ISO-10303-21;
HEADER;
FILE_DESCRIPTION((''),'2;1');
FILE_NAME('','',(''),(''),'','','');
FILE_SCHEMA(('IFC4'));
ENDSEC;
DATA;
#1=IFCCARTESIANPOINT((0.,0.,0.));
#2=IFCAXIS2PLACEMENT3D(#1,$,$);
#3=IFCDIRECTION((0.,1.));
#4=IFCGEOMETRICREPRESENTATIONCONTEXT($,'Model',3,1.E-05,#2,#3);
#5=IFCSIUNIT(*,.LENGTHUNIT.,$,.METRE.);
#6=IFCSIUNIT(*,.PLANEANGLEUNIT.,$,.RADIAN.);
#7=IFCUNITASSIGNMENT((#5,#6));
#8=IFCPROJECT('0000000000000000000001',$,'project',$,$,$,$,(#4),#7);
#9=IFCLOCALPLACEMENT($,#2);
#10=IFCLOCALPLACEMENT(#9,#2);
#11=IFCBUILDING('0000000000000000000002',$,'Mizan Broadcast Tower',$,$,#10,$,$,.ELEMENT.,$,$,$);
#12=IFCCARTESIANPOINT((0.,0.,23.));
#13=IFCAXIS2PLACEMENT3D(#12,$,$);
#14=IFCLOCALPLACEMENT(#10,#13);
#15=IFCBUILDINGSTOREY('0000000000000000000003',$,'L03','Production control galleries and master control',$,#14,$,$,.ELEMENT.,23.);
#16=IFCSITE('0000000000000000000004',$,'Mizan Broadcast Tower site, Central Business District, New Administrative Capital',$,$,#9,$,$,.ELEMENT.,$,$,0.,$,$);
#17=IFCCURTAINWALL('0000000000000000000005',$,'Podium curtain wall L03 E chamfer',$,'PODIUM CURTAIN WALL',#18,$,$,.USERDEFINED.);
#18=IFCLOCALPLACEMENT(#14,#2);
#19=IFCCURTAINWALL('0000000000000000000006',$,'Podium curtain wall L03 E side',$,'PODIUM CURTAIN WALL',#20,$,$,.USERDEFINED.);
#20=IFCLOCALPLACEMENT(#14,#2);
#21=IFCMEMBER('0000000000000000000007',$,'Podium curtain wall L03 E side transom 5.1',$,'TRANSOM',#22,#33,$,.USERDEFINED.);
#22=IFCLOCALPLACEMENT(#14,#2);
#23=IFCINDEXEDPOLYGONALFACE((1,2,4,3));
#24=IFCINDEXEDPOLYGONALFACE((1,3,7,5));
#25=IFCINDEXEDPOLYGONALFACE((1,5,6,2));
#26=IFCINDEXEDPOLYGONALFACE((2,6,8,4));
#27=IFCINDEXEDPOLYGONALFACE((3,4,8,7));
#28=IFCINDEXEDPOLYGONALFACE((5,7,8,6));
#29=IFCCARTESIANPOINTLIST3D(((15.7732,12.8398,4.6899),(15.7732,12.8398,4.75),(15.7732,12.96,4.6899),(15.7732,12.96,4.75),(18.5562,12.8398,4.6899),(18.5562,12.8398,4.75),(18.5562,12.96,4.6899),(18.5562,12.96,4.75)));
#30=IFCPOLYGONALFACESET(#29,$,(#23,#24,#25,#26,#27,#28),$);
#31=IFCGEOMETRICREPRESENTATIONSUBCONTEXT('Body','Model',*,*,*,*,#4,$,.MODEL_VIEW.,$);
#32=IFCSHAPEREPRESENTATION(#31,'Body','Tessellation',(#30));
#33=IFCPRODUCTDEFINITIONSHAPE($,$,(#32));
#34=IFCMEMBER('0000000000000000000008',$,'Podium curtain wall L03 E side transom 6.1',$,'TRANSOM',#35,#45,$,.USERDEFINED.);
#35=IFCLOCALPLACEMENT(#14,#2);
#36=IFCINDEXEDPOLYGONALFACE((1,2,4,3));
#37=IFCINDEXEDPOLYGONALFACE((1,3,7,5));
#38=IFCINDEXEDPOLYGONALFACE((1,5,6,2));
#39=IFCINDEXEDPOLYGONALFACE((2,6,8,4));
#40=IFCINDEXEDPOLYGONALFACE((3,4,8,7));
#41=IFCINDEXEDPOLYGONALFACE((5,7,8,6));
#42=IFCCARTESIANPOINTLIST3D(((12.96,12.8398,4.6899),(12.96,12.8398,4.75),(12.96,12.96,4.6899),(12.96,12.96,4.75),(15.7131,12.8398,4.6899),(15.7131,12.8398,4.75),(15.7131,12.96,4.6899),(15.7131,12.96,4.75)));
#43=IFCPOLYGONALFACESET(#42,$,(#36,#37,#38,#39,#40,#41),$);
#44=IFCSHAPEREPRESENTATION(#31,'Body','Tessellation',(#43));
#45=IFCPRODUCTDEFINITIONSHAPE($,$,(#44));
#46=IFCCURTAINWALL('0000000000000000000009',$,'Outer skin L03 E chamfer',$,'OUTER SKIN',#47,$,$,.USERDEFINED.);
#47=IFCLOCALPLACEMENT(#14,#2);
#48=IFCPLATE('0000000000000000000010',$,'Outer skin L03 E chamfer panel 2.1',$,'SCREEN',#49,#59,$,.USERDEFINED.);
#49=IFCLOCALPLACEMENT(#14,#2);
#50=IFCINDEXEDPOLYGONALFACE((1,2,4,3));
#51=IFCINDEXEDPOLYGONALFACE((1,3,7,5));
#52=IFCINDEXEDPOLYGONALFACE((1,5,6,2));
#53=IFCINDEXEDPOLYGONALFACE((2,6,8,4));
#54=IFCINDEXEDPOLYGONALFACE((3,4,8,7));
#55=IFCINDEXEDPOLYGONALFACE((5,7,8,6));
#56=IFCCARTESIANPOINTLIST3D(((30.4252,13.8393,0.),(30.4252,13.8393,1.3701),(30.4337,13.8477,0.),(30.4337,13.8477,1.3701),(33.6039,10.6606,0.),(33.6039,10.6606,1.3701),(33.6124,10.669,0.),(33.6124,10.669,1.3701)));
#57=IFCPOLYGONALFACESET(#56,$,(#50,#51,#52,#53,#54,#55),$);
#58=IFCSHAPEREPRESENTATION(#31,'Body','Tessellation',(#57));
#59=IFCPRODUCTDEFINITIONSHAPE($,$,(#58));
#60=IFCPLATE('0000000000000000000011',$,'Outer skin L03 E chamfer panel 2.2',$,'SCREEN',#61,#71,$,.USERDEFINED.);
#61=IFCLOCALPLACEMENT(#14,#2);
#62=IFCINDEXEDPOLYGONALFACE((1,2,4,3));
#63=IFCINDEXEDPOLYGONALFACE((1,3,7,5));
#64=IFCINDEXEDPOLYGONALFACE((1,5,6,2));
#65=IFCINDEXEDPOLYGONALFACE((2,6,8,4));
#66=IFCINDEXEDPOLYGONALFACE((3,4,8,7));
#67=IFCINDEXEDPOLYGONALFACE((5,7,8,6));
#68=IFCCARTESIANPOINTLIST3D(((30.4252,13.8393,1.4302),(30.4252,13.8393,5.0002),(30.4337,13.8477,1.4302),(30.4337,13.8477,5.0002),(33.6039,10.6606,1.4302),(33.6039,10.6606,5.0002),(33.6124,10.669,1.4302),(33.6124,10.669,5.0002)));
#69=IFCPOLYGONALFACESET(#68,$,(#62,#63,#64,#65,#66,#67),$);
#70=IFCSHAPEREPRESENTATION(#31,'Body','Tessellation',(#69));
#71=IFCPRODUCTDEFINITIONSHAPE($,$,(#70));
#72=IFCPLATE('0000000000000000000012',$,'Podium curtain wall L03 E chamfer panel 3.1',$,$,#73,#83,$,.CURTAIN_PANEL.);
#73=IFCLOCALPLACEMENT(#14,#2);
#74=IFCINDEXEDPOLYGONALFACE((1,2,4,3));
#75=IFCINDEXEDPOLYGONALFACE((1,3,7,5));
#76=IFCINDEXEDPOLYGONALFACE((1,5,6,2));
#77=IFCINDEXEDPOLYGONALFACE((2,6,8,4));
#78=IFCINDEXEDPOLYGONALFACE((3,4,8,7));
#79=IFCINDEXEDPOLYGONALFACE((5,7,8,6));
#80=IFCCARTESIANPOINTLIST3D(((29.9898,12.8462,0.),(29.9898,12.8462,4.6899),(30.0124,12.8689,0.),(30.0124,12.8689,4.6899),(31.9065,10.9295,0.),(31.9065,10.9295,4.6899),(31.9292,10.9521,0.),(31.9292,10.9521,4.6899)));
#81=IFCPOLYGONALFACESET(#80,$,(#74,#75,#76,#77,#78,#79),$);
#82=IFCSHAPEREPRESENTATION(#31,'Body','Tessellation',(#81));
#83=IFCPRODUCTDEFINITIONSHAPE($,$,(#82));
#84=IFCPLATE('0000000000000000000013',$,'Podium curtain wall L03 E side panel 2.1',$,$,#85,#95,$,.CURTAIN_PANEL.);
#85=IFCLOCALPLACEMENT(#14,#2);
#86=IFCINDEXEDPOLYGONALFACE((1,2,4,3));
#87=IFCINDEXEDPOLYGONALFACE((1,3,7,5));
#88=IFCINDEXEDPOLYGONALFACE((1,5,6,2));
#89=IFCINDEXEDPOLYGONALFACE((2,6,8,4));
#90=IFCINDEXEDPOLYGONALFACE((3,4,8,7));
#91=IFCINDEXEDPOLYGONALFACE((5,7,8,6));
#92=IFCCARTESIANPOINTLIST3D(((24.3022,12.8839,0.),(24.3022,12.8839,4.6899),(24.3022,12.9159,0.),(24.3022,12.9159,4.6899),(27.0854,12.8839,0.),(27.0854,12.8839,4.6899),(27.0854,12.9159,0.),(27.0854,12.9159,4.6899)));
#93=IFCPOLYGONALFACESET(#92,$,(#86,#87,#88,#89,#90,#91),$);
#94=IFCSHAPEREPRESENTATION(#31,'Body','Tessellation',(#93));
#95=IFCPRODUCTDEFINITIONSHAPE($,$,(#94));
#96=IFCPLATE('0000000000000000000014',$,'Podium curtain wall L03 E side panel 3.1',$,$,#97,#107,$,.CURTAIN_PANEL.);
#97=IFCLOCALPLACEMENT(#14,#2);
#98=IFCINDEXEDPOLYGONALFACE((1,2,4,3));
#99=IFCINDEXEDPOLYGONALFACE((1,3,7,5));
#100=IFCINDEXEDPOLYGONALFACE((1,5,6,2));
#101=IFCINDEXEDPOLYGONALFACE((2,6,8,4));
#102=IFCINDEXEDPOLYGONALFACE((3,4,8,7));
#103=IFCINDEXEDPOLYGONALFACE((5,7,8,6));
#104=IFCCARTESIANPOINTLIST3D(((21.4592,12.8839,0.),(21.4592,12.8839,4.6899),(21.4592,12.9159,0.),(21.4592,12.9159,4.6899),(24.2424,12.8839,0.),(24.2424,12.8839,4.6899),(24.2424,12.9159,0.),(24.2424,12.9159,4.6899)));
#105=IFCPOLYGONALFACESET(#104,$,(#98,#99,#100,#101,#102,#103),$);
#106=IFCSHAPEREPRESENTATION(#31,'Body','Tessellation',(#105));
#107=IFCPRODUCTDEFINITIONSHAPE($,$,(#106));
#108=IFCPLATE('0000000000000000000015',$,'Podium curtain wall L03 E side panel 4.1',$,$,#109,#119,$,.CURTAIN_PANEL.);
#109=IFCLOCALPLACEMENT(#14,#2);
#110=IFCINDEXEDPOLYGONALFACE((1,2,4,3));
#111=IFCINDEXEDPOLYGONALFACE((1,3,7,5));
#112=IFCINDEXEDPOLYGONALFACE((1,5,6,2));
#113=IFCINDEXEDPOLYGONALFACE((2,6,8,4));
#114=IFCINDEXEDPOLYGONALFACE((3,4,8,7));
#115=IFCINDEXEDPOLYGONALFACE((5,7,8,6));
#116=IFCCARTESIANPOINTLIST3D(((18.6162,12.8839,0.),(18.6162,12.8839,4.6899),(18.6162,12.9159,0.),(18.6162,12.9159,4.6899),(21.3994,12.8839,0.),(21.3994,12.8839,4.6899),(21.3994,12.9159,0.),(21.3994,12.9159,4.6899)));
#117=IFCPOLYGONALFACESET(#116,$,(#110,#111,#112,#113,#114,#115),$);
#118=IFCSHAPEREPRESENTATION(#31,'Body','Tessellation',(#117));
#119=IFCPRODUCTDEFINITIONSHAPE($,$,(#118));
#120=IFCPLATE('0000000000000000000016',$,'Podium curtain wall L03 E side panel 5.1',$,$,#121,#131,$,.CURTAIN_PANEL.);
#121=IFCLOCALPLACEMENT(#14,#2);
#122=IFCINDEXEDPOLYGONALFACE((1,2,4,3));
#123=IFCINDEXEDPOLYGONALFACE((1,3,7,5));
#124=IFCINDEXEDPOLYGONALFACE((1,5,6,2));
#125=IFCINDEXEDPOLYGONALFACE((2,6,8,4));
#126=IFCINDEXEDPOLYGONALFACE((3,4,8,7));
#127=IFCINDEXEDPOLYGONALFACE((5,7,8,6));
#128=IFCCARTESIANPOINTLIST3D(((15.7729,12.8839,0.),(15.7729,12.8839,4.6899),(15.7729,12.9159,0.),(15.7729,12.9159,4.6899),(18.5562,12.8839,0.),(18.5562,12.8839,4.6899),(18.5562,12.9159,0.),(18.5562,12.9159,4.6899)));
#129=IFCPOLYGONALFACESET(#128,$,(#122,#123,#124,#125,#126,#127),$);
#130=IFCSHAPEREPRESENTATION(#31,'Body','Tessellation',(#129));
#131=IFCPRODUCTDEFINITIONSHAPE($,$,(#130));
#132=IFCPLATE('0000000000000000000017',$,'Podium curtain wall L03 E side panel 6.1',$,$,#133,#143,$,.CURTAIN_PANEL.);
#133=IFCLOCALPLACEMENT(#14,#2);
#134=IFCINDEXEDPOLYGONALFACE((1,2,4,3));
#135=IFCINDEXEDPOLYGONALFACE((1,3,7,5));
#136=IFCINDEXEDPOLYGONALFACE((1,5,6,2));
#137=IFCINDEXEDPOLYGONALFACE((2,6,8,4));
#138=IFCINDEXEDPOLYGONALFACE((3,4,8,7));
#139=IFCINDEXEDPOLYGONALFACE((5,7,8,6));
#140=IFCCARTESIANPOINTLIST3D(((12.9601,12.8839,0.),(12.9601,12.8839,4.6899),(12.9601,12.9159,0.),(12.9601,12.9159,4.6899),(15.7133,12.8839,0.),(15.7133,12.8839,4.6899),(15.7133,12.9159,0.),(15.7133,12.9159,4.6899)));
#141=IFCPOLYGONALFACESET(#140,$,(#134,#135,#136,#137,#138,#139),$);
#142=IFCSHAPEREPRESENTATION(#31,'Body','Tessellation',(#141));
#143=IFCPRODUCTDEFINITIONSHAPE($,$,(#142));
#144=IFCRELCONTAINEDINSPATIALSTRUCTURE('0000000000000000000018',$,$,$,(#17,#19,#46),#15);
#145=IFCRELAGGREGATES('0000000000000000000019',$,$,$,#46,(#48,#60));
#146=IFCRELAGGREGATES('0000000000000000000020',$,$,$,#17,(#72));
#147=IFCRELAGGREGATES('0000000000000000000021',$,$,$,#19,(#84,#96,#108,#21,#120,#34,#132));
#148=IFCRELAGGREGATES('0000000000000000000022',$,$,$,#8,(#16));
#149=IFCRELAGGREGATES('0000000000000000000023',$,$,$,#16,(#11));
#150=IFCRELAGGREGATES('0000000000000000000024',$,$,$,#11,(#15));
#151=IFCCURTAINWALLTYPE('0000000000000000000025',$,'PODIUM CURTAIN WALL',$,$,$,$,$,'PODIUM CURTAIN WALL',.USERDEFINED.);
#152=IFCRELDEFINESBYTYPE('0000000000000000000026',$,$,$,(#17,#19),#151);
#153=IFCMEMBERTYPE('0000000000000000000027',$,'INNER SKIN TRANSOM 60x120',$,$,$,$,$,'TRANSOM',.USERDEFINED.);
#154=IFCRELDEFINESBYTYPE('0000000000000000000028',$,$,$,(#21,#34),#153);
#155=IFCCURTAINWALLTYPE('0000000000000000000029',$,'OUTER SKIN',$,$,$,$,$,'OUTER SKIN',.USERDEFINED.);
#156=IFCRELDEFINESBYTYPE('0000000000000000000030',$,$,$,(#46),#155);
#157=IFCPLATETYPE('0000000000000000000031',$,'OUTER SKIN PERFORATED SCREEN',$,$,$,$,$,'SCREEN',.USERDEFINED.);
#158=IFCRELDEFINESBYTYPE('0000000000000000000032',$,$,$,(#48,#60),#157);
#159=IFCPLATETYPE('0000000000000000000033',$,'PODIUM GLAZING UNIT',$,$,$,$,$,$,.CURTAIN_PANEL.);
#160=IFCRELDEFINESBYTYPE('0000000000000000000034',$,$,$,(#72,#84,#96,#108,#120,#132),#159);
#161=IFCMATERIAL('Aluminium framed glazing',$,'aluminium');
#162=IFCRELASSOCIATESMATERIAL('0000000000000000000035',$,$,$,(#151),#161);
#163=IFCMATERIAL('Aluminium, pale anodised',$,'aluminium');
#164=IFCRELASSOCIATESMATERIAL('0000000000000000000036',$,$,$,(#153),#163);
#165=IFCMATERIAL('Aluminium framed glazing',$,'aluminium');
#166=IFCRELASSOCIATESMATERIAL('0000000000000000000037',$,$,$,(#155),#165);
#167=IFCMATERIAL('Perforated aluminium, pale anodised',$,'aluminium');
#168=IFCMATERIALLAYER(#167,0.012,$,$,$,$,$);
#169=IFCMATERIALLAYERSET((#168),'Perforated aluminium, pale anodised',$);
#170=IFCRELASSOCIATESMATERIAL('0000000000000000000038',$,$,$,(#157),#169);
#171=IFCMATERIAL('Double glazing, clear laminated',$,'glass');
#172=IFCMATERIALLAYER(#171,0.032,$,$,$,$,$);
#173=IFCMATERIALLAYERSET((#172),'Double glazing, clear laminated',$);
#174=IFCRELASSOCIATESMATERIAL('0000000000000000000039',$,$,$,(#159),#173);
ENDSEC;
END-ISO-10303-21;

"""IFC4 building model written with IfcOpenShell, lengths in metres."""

from ifc_helpers import new_model, si_unit, direction, frame, origin, origin_2d, place, context, subcontext, project, spatial, rectangle, extrude, material, layer, layer_set, material_profile, profile_set, type_object, element, aggregate, save


model = new_model("IFC4")

# Units and contexts
model_context = context("Model", 3, precision=1e-05, world=origin(), true_north=direction((0.0, 1.0)))
body_context = subcontext(model_context, "Body", "Model", "MODEL_VIEW")
ifc_project = project(units=[si_unit("LENGTHUNIT", "METRE"), si_unit("PLANEANGLEUNIT", "RADIAN")], contexts=[model_context])

# Site, building, storey
site_placement = place(None, origin())
site = spatial("IfcSite", under=ifc_project, at=site_placement, Name="Mizan Broadcast Tower site, Central Business District, New Administrative Capital", CompositionType="ELEMENT", RefElevation=0.0)
building_placement = place(site_placement, origin())
building = spatial("IfcBuilding", under=site, at=building_placement, Name="Mizan Broadcast Tower", CompositionType="ELEMENT")
storey_placement = place(building_placement, frame((0.0, 0.0, 23.0)))
storey = spatial("IfcBuildingStorey", under=building, at=storey_placement, Name="L03", Description="Production control galleries and master control", CompositionType="ELEMENT", Elevation=23.0)

# Curtain walls
ifc_material_1 = material(Name="Aluminium framed glazing", Category="aluminium")
curtain_wall_type_1 = type_object("IfcCurtainWallType", Name="PODIUM CURTAIN WALL", ElementType="PODIUM CURTAIN WALL", PredefinedType="USERDEFINED", material=ifc_material_1)
curtain_wall_1_placement = place(storey_placement, origin())
curtain_wall_1 = element("IfcCurtainWall", 1, at=curtain_wall_1_placement, inside=storey, type_object=curtain_wall_type_1, Name="Podium curtain wall L03 E chamfer", ObjectType="PODIUM CURTAIN WALL", PredefinedType="USERDEFINED")
curtain_wall_2_placement = place(storey_placement, origin())
curtain_wall_2 = element("IfcCurtainWall", 2, at=curtain_wall_2_placement, inside=storey, type_object=curtain_wall_type_1, Name="Podium curtain wall L03 E side", ObjectType="PODIUM CURTAIN WALL", PredefinedType="USERDEFINED")

# Members
ifc_material_2 = material(Name="Aluminium, pale anodised", Category="aluminium")
ifc_material_profile_1 = material_profile(ifc_material_2, rectangle(XDim=0.1201, YDim=0.0601, at=origin_2d()), Name="TRANSOM 120x60")
ifc_profile_set_1 = profile_set([ifc_material_profile_1], Name="Aluminium, pale anodised")
member_type_1 = type_object("IfcMemberType", Name="INNER SKIN TRANSOM 60x120", ElementType="TRANSOM", PredefinedType="USERDEFINED", material=ifc_profile_set_1)
member_1_placement = place(storey_placement, frame((18.5562, 12.8999, 4.72), z_axis=(-1.0, 0.0, 0.0), x_axis=(0.0, -1.0, 0.0)))
member_1 = element("IfcMember", 3, at=member_1_placement, type_object=member_type_1, Name="Podium curtain wall L03 E side transom 5.1", ObjectType="TRANSOM", PredefinedType="USERDEFINED", context=body_context, shape_type="SweptSolid", body=[
    extrude(rectangle(XDim=0.1201, YDim=0.0601, at=origin_2d()), origin(), (0.0, 0.0, 1.0), 2.783),
])
member_2_placement = place(storey_placement, frame((15.7131, 12.8999, 4.72), z_axis=(-1.0, 0.0, 0.0), x_axis=(0.0, -1.0, 0.0)))
member_2 = element("IfcMember", 4, at=member_2_placement, type_object=member_type_1, Name="Podium curtain wall L03 E side transom 6.1", ObjectType="TRANSOM", PredefinedType="USERDEFINED", context=body_context, shape_type="SweptSolid", body=[
    extrude(rectangle(XDim=0.1201, YDim=0.0601, at=origin_2d()), origin(), (0.0, 0.0, 1.0), 2.7532),
])

# Curtain wall, plates
ifc_material_3 = material(Name="Aluminium framed glazing", Category="aluminium")
curtain_wall_type_2 = type_object("IfcCurtainWallType", Name="OUTER SKIN", ElementType="OUTER SKIN", PredefinedType="USERDEFINED", material=ifc_material_3)
curtain_wall_3_placement = place(storey_placement, origin())
curtain_wall_3 = element("IfcCurtainWall", 5, at=curtain_wall_3_placement, inside=storey, type_object=curtain_wall_type_2, Name="Outer skin L03 E chamfer", ObjectType="OUTER SKIN", PredefinedType="USERDEFINED")
ifc_material_4 = material(Name="Perforated aluminium, pale anodised", Category="aluminium")
ifc_layer_1 = layer(ifc_material_4, 0.012)
ifc_layer_set_1 = layer_set([ifc_layer_1], Name="Perforated aluminium, pale anodised")
plate_type_1 = type_object("IfcPlateType", Name="OUTER SKIN PERFORATED SCREEN", ElementType="SCREEN", PredefinedType="USERDEFINED", material=ifc_layer_set_1)
plate_1_placement = place(storey_placement, frame((32.0188, 12.2542, 0.0), z_axis=(0.0, 0.0, 1.0), x_axis=(-0.707107, 0.707107, 0.0)))
plate_1 = element("IfcPlate", 6, at=plate_1_placement, type_object=plate_type_1, Name="Outer skin L03 E chamfer panel 2.1", ObjectType="SCREEN", PredefinedType="USERDEFINED", context=body_context, shape_type="SweptSolid", body=[
    extrude(rectangle(XDim=4.4954, YDim=0.012, at=origin_2d()), origin(), (0.0, 0.0, 1.0), 1.3701),
])
plate_2_placement = place(storey_placement, frame((32.0188, 12.2542, 1.4302), z_axis=(0.0, 0.0, 1.0), x_axis=(-0.707107, 0.707107, 0.0)))
plate_2 = element("IfcPlate", 7, at=plate_2_placement, type_object=plate_type_1, Name="Outer skin L03 E chamfer panel 2.2", ObjectType="SCREEN", PredefinedType="USERDEFINED", context=body_context, shape_type="SweptSolid", body=[
    extrude(rectangle(XDim=4.4954, YDim=0.012, at=origin_2d()), origin(), (0.0, 0.0, 1.0), 3.5701),
])
aggregate(curtain_wall_3, [plate_1, plate_2])

# Plates
ifc_material_5 = material(Name="Double glazing, clear laminated", Category="glass")
ifc_layer_2 = layer(ifc_material_5, 0.032)
ifc_layer_set_2 = layer_set([ifc_layer_2], Name="Double glazing, clear laminated")
plate_type_2 = type_object("IfcPlateType", Name="PODIUM GLAZING UNIT", PredefinedType="CURTAIN_PANEL", material=ifc_layer_set_2)
plate_3_placement = place(storey_placement, frame((30.9595, 11.8992, 0.0), z_axis=(0.0, 0.0, 1.0), x_axis=(-0.707107, 0.707107, 0.0)))
plate_3 = element("IfcPlate", 8, at=plate_3_placement, type_object=plate_type_2, Name="Podium curtain wall L03 E chamfer panel 3.1", PredefinedType="CURTAIN_PANEL", context=body_context, shape_type="SweptSolid", body=[
    extrude(rectangle(XDim=2.7107, YDim=0.032, at=origin_2d()), origin(), (0.0, 0.0, 1.0), 4.6899),
])
aggregate(curtain_wall_1, [plate_3])
plate_4_placement = place(storey_placement, frame((25.6938, 12.8999, 0.0), z_axis=(0.0, 0.0, 1.0), x_axis=(-1.0, 0.0, 0.0)))
plate_4 = element("IfcPlate", 9, at=plate_4_placement, type_object=plate_type_2, Name="Podium curtain wall L03 E side panel 2.1", PredefinedType="CURTAIN_PANEL", context=body_context, shape_type="SweptSolid", body=[
    extrude(rectangle(XDim=2.7832, YDim=0.032, at=origin_2d()), origin(), (0.0, 0.0, 1.0), 4.6899),
])
plate_5_placement = place(storey_placement, frame((22.8508, 12.8999, 0.0), z_axis=(0.0, 0.0, 1.0), x_axis=(-1.0, 0.0, 0.0)))
plate_5 = element("IfcPlate", 10, at=plate_5_placement, type_object=plate_type_2, Name="Podium curtain wall L03 E side panel 3.1", PredefinedType="CURTAIN_PANEL", context=body_context, shape_type="SweptSolid", body=[
    extrude(rectangle(XDim=2.7832, YDim=0.032, at=origin_2d()), origin(), (0.0, 0.0, 1.0), 4.6899),
])
plate_6_placement = place(storey_placement, frame((20.0078, 12.8999, 0.0), z_axis=(0.0, 0.0, 1.0), x_axis=(-1.0, 0.0, 0.0)))
plate_6 = element("IfcPlate", 11, at=plate_6_placement, type_object=plate_type_2, Name="Podium curtain wall L03 E side panel 4.1", PredefinedType="CURTAIN_PANEL", context=body_context, shape_type="SweptSolid", body=[
    extrude(rectangle(XDim=2.7832, YDim=0.032, at=origin_2d()), origin(), (0.0, 0.0, 1.0), 4.6899),
])
plate_7_placement = place(storey_placement, frame((17.1646, 12.8999, 0.0), z_axis=(0.0, 0.0, 1.0), x_axis=(-1.0, 0.0, 0.0)))
plate_7 = element("IfcPlate", 12, at=plate_7_placement, type_object=plate_type_2, Name="Podium curtain wall L03 E side panel 5.1", PredefinedType="CURTAIN_PANEL", context=body_context, shape_type="SweptSolid", body=[
    extrude(rectangle(XDim=2.7832, YDim=0.032, at=origin_2d()), origin(), (0.0, 0.0, 1.0), 4.6899),
])
plate_8_placement = place(storey_placement, frame((14.3367, 12.8999, 0.0), z_axis=(0.0, 0.0, 1.0), x_axis=(-1.0, 0.0, 0.0)))
plate_8 = element("IfcPlate", 13, at=plate_8_placement, type_object=plate_type_2, Name="Podium curtain wall L03 E side panel 6.1", PredefinedType="CURTAIN_PANEL", context=body_context, shape_type="SweptSolid", body=[
    extrude(rectangle(XDim=2.7532, YDim=0.032, at=origin_2d()), origin(), (0.0, 0.0, 1.0), 4.6899),
])
aggregate(curtain_wall_2, [plate_4, plate_5, plate_6, member_1, plate_7, member_2, plate_8])

save(model, "model.ifc")
